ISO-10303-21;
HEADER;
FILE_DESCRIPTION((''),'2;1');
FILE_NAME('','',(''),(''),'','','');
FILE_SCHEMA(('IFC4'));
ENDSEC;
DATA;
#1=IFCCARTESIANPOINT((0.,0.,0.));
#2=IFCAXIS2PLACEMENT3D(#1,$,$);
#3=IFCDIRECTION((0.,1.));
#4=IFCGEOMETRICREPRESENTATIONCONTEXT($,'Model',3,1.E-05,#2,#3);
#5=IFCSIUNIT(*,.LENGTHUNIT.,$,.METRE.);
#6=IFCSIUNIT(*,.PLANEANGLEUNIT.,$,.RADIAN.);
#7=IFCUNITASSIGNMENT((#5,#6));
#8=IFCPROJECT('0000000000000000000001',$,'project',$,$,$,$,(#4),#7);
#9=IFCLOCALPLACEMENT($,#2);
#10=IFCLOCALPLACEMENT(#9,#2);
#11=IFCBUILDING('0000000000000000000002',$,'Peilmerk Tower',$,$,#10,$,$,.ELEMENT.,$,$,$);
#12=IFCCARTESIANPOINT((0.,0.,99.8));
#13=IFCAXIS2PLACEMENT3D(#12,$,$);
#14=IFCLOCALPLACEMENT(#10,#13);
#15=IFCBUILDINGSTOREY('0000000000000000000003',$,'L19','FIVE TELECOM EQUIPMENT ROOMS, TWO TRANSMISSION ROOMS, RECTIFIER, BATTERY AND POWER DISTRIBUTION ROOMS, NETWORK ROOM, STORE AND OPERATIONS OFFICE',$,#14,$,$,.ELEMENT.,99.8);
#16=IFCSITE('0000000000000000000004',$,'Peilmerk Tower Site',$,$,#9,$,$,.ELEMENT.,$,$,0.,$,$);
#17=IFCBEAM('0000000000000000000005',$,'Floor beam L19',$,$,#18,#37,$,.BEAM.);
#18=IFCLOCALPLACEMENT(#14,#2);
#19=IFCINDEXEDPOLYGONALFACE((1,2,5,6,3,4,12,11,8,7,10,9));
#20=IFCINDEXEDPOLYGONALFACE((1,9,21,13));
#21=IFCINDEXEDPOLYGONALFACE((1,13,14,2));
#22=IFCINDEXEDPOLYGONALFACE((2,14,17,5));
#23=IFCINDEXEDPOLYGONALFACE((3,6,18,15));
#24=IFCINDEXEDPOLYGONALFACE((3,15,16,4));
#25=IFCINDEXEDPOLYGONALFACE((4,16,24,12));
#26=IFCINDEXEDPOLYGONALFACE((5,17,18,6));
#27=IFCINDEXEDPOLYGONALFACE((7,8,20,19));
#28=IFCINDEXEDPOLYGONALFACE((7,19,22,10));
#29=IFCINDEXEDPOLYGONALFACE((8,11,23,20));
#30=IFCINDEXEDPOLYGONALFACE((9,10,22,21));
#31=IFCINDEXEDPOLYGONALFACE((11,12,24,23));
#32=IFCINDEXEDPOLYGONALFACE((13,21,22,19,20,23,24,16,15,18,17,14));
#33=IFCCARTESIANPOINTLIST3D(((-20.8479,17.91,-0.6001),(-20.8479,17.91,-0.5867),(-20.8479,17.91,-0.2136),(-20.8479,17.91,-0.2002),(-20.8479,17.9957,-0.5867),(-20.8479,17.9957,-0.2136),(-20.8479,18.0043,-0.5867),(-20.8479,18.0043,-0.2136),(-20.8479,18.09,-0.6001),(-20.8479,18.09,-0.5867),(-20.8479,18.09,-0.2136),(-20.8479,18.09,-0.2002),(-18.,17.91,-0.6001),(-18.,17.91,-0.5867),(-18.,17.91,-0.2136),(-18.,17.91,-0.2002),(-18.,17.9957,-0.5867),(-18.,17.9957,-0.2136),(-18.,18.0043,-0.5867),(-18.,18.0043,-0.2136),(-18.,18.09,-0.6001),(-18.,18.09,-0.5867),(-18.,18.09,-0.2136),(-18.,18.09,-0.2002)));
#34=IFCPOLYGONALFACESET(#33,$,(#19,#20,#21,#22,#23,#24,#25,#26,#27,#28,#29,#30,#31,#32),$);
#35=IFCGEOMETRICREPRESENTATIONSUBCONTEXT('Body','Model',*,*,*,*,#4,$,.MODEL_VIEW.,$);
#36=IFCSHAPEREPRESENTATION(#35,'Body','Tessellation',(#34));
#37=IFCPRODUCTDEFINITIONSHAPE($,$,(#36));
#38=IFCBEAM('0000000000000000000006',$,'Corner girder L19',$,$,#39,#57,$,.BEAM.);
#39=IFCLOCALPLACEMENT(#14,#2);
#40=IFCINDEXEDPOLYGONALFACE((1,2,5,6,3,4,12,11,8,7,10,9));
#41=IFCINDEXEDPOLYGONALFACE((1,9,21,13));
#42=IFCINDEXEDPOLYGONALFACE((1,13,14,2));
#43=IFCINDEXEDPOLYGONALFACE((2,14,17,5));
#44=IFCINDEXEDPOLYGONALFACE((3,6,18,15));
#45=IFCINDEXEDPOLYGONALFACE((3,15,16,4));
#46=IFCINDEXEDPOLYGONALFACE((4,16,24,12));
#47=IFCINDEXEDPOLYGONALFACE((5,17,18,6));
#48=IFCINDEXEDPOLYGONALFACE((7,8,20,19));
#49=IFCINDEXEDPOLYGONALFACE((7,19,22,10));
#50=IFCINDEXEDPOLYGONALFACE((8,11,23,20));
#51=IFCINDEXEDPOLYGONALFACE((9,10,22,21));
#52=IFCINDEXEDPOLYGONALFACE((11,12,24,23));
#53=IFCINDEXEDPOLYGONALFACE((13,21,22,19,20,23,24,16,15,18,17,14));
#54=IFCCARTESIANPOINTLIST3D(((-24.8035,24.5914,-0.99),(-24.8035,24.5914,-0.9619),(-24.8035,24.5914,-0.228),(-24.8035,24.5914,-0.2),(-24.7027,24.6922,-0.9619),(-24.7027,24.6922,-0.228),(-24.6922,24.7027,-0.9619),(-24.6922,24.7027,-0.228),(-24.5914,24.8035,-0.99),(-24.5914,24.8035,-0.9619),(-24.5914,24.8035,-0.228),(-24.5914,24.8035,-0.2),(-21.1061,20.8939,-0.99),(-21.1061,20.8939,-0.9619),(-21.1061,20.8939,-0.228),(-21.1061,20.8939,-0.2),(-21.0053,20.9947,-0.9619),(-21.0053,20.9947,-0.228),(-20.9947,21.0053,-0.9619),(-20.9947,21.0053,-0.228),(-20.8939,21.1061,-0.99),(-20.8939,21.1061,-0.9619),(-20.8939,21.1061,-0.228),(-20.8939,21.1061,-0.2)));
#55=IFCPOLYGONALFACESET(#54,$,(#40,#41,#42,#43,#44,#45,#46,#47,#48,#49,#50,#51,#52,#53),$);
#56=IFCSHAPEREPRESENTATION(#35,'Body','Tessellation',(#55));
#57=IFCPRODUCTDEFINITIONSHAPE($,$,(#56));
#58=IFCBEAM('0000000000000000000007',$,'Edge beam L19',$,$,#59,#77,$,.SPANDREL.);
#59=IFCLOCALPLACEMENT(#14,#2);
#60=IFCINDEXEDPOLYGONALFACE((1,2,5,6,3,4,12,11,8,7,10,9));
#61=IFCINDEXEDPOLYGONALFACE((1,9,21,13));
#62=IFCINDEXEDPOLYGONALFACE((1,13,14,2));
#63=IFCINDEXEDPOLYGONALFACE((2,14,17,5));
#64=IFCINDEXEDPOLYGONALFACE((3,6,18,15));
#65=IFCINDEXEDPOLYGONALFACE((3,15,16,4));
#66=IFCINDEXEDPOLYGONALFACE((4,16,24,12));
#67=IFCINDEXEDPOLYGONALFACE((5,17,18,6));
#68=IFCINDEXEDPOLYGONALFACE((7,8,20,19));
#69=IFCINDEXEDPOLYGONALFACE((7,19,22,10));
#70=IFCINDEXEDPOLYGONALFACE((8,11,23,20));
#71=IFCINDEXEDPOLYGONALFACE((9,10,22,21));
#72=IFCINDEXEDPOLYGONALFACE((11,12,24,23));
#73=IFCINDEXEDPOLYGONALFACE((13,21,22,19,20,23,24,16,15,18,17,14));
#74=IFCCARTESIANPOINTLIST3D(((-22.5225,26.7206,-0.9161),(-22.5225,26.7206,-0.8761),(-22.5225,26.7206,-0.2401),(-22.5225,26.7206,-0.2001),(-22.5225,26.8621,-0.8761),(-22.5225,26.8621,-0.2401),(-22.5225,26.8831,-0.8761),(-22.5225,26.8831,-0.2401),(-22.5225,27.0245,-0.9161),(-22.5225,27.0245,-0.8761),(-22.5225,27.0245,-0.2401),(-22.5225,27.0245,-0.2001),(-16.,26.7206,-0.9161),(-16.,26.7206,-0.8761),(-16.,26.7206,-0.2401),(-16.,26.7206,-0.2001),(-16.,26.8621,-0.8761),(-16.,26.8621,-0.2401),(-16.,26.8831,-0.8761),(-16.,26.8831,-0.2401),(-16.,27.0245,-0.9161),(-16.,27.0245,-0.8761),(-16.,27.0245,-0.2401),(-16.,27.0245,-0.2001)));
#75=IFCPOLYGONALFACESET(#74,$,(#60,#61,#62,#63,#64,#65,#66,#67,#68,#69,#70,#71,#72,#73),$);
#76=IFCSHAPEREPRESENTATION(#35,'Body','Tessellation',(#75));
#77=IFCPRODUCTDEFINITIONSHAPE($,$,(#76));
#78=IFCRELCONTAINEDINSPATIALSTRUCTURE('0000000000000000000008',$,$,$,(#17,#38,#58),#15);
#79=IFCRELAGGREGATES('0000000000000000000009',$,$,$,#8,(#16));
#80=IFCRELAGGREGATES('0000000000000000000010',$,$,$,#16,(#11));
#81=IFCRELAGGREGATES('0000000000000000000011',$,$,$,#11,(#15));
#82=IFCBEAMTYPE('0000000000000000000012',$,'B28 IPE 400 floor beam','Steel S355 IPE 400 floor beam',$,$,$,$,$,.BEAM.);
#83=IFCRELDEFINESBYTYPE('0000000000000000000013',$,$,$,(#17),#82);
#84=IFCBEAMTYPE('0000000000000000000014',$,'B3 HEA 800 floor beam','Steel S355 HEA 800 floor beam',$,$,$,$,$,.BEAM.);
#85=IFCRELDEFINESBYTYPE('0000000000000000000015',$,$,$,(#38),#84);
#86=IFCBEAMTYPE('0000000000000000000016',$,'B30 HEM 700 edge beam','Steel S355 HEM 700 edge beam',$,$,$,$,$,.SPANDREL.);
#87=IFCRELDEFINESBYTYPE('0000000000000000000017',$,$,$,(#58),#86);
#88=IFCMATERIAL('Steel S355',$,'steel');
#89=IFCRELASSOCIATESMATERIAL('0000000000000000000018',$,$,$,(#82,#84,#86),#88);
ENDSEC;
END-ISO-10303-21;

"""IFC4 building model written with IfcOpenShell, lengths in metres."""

from ifc_helpers import new_model, si_unit, direction, frame, origin, origin_2d, place, context, subcontext, project, spatial, i_section, extrude, material, material_profile, profile_set, type_object, element, save


model = new_model("IFC4")

# Units and contexts
model_context = context("Model", 3, precision=1e-05, world=origin(), true_north=direction((0.0, 1.0)))
body_context = subcontext(model_context, "Body", "Model", "MODEL_VIEW")
ifc_project = project(units=[si_unit("LENGTHUNIT", "METRE"), si_unit("PLANEANGLEUNIT", "RADIAN")], contexts=[model_context])

# Site, building, storey
site_placement = place(None, origin())
site = spatial("IfcSite", under=ifc_project, at=site_placement, Name="Peilmerk Tower Site", CompositionType="ELEMENT", RefElevation=0.0)
building_placement = place(site_placement, origin())
building = spatial("IfcBuilding", under=site, at=building_placement, Name="Peilmerk Tower", CompositionType="ELEMENT")
storey_placement = place(building_placement, frame((0.0, 0.0, 99.8)))
storey = spatial("IfcBuildingStorey", under=building, at=storey_placement, Name="L19", Description="FIVE TELECOM EQUIPMENT ROOMS, TWO TRANSMISSION ROOMS, RECTIFIER, BATTERY AND POWER DISTRIBUTION ROOMS, NETWORK ROOM, STORE AND OPERATIONS OFFICE", CompositionType="ELEMENT", Elevation=99.8)

# Beams
ifc_material_1 = material(Name="Steel S355", Category="steel")
ifc_material_profile_1 = material_profile(ifc_material_1, i_section(OverallWidth=0.1799, OverallDepth=0.3999, WebThickness=0.0085, FlangeThickness=0.0134, at=origin_2d()), Name="IPE 400")
ifc_profile_set_1 = profile_set([ifc_material_profile_1], Name="Steel S355")
beam_type_1 = type_object("IfcBeamType", Name="B28 IPE 400 floor beam", Description="Steel S355 IPE 400 floor beam", PredefinedType="BEAM", material=ifc_profile_set_1)
for number, where, z_axis, x_axis, name in (
    (1, (-18.0, 18.0, -0.4001), (-1.0, 0.0, 0.0), (0.0, -1.0, 0.0), "Floor beam L19"),
):
    element("IfcBeam", number, at=place(storey_placement, frame(where, z_axis=z_axis, x_axis=x_axis)), inside=storey, type_object=beam_type_1, Name=name, PredefinedType="BEAM", context=body_context, shape_type="SweptSolid", body=[
        extrude(i_section(OverallWidth=0.1799, OverallDepth=0.3999, WebThickness=0.0085, FlangeThickness=0.0134, at=origin_2d()), origin(), (0.0, 0.0, 1.0), 2.8479),
    ])
ifc_material_profile_2 = material_profile(ifc_material_1, i_section(OverallWidth=0.3, OverallDepth=0.79, WebThickness=0.0149, FlangeThickness=0.0281, at=origin_2d()), Name="HEA 800")
ifc_profile_set_2 = profile_set([ifc_material_profile_2], Name="Steel S355")
beam_type_2 = type_object("IfcBeamType", Name="B3 HEA 800 floor beam", Description="Steel S355 HEA 800 floor beam", PredefinedType="BEAM", material=ifc_profile_set_2)
beam_1_placement = place(storey_placement, frame((-21.0, 21.0, -0.595), z_axis=(-0.707107, 0.707107, 0.0), x_axis=(-0.707107, -0.707107, 0.0)))
element("IfcBeam", 2, at=beam_1_placement, inside=storey, type_object=beam_type_2, Name="Corner girder L19", PredefinedType="BEAM", context=body_context, shape_type="SweptSolid", body=[
    extrude(i_section(OverallWidth=0.3, OverallDepth=0.79, WebThickness=0.0149, FlangeThickness=0.0281, at=origin_2d()), origin(), (0.0, 0.0, 1.0), 5.229),
])
ifc_material_profile_3 = material_profile(ifc_material_1, i_section(OverallWidth=0.304, OverallDepth=0.7161, WebThickness=0.021, FlangeThickness=0.04, at=origin_2d()), Name="HEM 700")
ifc_profile_set_3 = profile_set([ifc_material_profile_3], Name="Steel S355")
beam_type_3 = type_object("IfcBeamType", Name="B30 HEM 700 edge beam", Description="Steel S355 HEM 700 edge beam", PredefinedType="SPANDREL", material=ifc_profile_set_3)
beam_2_placement = place(storey_placement, frame((-16.0, 26.8726, -0.5581), z_axis=(-1.0, 0.0, 0.0), x_axis=(0.0, -1.0, 0.0)))
element("IfcBeam", 3, at=beam_2_placement, inside=storey, type_object=beam_type_3, Name="Edge beam L19", PredefinedType="SPANDREL", context=body_context, shape_type="SweptSolid", body=[
    extrude(i_section(OverallWidth=0.304, OverallDepth=0.7161, WebThickness=0.021, FlangeThickness=0.04, at=origin_2d()), origin(), (0.0, 0.0, 1.0), 6.5225),
])

save(model, "model.ifc")
